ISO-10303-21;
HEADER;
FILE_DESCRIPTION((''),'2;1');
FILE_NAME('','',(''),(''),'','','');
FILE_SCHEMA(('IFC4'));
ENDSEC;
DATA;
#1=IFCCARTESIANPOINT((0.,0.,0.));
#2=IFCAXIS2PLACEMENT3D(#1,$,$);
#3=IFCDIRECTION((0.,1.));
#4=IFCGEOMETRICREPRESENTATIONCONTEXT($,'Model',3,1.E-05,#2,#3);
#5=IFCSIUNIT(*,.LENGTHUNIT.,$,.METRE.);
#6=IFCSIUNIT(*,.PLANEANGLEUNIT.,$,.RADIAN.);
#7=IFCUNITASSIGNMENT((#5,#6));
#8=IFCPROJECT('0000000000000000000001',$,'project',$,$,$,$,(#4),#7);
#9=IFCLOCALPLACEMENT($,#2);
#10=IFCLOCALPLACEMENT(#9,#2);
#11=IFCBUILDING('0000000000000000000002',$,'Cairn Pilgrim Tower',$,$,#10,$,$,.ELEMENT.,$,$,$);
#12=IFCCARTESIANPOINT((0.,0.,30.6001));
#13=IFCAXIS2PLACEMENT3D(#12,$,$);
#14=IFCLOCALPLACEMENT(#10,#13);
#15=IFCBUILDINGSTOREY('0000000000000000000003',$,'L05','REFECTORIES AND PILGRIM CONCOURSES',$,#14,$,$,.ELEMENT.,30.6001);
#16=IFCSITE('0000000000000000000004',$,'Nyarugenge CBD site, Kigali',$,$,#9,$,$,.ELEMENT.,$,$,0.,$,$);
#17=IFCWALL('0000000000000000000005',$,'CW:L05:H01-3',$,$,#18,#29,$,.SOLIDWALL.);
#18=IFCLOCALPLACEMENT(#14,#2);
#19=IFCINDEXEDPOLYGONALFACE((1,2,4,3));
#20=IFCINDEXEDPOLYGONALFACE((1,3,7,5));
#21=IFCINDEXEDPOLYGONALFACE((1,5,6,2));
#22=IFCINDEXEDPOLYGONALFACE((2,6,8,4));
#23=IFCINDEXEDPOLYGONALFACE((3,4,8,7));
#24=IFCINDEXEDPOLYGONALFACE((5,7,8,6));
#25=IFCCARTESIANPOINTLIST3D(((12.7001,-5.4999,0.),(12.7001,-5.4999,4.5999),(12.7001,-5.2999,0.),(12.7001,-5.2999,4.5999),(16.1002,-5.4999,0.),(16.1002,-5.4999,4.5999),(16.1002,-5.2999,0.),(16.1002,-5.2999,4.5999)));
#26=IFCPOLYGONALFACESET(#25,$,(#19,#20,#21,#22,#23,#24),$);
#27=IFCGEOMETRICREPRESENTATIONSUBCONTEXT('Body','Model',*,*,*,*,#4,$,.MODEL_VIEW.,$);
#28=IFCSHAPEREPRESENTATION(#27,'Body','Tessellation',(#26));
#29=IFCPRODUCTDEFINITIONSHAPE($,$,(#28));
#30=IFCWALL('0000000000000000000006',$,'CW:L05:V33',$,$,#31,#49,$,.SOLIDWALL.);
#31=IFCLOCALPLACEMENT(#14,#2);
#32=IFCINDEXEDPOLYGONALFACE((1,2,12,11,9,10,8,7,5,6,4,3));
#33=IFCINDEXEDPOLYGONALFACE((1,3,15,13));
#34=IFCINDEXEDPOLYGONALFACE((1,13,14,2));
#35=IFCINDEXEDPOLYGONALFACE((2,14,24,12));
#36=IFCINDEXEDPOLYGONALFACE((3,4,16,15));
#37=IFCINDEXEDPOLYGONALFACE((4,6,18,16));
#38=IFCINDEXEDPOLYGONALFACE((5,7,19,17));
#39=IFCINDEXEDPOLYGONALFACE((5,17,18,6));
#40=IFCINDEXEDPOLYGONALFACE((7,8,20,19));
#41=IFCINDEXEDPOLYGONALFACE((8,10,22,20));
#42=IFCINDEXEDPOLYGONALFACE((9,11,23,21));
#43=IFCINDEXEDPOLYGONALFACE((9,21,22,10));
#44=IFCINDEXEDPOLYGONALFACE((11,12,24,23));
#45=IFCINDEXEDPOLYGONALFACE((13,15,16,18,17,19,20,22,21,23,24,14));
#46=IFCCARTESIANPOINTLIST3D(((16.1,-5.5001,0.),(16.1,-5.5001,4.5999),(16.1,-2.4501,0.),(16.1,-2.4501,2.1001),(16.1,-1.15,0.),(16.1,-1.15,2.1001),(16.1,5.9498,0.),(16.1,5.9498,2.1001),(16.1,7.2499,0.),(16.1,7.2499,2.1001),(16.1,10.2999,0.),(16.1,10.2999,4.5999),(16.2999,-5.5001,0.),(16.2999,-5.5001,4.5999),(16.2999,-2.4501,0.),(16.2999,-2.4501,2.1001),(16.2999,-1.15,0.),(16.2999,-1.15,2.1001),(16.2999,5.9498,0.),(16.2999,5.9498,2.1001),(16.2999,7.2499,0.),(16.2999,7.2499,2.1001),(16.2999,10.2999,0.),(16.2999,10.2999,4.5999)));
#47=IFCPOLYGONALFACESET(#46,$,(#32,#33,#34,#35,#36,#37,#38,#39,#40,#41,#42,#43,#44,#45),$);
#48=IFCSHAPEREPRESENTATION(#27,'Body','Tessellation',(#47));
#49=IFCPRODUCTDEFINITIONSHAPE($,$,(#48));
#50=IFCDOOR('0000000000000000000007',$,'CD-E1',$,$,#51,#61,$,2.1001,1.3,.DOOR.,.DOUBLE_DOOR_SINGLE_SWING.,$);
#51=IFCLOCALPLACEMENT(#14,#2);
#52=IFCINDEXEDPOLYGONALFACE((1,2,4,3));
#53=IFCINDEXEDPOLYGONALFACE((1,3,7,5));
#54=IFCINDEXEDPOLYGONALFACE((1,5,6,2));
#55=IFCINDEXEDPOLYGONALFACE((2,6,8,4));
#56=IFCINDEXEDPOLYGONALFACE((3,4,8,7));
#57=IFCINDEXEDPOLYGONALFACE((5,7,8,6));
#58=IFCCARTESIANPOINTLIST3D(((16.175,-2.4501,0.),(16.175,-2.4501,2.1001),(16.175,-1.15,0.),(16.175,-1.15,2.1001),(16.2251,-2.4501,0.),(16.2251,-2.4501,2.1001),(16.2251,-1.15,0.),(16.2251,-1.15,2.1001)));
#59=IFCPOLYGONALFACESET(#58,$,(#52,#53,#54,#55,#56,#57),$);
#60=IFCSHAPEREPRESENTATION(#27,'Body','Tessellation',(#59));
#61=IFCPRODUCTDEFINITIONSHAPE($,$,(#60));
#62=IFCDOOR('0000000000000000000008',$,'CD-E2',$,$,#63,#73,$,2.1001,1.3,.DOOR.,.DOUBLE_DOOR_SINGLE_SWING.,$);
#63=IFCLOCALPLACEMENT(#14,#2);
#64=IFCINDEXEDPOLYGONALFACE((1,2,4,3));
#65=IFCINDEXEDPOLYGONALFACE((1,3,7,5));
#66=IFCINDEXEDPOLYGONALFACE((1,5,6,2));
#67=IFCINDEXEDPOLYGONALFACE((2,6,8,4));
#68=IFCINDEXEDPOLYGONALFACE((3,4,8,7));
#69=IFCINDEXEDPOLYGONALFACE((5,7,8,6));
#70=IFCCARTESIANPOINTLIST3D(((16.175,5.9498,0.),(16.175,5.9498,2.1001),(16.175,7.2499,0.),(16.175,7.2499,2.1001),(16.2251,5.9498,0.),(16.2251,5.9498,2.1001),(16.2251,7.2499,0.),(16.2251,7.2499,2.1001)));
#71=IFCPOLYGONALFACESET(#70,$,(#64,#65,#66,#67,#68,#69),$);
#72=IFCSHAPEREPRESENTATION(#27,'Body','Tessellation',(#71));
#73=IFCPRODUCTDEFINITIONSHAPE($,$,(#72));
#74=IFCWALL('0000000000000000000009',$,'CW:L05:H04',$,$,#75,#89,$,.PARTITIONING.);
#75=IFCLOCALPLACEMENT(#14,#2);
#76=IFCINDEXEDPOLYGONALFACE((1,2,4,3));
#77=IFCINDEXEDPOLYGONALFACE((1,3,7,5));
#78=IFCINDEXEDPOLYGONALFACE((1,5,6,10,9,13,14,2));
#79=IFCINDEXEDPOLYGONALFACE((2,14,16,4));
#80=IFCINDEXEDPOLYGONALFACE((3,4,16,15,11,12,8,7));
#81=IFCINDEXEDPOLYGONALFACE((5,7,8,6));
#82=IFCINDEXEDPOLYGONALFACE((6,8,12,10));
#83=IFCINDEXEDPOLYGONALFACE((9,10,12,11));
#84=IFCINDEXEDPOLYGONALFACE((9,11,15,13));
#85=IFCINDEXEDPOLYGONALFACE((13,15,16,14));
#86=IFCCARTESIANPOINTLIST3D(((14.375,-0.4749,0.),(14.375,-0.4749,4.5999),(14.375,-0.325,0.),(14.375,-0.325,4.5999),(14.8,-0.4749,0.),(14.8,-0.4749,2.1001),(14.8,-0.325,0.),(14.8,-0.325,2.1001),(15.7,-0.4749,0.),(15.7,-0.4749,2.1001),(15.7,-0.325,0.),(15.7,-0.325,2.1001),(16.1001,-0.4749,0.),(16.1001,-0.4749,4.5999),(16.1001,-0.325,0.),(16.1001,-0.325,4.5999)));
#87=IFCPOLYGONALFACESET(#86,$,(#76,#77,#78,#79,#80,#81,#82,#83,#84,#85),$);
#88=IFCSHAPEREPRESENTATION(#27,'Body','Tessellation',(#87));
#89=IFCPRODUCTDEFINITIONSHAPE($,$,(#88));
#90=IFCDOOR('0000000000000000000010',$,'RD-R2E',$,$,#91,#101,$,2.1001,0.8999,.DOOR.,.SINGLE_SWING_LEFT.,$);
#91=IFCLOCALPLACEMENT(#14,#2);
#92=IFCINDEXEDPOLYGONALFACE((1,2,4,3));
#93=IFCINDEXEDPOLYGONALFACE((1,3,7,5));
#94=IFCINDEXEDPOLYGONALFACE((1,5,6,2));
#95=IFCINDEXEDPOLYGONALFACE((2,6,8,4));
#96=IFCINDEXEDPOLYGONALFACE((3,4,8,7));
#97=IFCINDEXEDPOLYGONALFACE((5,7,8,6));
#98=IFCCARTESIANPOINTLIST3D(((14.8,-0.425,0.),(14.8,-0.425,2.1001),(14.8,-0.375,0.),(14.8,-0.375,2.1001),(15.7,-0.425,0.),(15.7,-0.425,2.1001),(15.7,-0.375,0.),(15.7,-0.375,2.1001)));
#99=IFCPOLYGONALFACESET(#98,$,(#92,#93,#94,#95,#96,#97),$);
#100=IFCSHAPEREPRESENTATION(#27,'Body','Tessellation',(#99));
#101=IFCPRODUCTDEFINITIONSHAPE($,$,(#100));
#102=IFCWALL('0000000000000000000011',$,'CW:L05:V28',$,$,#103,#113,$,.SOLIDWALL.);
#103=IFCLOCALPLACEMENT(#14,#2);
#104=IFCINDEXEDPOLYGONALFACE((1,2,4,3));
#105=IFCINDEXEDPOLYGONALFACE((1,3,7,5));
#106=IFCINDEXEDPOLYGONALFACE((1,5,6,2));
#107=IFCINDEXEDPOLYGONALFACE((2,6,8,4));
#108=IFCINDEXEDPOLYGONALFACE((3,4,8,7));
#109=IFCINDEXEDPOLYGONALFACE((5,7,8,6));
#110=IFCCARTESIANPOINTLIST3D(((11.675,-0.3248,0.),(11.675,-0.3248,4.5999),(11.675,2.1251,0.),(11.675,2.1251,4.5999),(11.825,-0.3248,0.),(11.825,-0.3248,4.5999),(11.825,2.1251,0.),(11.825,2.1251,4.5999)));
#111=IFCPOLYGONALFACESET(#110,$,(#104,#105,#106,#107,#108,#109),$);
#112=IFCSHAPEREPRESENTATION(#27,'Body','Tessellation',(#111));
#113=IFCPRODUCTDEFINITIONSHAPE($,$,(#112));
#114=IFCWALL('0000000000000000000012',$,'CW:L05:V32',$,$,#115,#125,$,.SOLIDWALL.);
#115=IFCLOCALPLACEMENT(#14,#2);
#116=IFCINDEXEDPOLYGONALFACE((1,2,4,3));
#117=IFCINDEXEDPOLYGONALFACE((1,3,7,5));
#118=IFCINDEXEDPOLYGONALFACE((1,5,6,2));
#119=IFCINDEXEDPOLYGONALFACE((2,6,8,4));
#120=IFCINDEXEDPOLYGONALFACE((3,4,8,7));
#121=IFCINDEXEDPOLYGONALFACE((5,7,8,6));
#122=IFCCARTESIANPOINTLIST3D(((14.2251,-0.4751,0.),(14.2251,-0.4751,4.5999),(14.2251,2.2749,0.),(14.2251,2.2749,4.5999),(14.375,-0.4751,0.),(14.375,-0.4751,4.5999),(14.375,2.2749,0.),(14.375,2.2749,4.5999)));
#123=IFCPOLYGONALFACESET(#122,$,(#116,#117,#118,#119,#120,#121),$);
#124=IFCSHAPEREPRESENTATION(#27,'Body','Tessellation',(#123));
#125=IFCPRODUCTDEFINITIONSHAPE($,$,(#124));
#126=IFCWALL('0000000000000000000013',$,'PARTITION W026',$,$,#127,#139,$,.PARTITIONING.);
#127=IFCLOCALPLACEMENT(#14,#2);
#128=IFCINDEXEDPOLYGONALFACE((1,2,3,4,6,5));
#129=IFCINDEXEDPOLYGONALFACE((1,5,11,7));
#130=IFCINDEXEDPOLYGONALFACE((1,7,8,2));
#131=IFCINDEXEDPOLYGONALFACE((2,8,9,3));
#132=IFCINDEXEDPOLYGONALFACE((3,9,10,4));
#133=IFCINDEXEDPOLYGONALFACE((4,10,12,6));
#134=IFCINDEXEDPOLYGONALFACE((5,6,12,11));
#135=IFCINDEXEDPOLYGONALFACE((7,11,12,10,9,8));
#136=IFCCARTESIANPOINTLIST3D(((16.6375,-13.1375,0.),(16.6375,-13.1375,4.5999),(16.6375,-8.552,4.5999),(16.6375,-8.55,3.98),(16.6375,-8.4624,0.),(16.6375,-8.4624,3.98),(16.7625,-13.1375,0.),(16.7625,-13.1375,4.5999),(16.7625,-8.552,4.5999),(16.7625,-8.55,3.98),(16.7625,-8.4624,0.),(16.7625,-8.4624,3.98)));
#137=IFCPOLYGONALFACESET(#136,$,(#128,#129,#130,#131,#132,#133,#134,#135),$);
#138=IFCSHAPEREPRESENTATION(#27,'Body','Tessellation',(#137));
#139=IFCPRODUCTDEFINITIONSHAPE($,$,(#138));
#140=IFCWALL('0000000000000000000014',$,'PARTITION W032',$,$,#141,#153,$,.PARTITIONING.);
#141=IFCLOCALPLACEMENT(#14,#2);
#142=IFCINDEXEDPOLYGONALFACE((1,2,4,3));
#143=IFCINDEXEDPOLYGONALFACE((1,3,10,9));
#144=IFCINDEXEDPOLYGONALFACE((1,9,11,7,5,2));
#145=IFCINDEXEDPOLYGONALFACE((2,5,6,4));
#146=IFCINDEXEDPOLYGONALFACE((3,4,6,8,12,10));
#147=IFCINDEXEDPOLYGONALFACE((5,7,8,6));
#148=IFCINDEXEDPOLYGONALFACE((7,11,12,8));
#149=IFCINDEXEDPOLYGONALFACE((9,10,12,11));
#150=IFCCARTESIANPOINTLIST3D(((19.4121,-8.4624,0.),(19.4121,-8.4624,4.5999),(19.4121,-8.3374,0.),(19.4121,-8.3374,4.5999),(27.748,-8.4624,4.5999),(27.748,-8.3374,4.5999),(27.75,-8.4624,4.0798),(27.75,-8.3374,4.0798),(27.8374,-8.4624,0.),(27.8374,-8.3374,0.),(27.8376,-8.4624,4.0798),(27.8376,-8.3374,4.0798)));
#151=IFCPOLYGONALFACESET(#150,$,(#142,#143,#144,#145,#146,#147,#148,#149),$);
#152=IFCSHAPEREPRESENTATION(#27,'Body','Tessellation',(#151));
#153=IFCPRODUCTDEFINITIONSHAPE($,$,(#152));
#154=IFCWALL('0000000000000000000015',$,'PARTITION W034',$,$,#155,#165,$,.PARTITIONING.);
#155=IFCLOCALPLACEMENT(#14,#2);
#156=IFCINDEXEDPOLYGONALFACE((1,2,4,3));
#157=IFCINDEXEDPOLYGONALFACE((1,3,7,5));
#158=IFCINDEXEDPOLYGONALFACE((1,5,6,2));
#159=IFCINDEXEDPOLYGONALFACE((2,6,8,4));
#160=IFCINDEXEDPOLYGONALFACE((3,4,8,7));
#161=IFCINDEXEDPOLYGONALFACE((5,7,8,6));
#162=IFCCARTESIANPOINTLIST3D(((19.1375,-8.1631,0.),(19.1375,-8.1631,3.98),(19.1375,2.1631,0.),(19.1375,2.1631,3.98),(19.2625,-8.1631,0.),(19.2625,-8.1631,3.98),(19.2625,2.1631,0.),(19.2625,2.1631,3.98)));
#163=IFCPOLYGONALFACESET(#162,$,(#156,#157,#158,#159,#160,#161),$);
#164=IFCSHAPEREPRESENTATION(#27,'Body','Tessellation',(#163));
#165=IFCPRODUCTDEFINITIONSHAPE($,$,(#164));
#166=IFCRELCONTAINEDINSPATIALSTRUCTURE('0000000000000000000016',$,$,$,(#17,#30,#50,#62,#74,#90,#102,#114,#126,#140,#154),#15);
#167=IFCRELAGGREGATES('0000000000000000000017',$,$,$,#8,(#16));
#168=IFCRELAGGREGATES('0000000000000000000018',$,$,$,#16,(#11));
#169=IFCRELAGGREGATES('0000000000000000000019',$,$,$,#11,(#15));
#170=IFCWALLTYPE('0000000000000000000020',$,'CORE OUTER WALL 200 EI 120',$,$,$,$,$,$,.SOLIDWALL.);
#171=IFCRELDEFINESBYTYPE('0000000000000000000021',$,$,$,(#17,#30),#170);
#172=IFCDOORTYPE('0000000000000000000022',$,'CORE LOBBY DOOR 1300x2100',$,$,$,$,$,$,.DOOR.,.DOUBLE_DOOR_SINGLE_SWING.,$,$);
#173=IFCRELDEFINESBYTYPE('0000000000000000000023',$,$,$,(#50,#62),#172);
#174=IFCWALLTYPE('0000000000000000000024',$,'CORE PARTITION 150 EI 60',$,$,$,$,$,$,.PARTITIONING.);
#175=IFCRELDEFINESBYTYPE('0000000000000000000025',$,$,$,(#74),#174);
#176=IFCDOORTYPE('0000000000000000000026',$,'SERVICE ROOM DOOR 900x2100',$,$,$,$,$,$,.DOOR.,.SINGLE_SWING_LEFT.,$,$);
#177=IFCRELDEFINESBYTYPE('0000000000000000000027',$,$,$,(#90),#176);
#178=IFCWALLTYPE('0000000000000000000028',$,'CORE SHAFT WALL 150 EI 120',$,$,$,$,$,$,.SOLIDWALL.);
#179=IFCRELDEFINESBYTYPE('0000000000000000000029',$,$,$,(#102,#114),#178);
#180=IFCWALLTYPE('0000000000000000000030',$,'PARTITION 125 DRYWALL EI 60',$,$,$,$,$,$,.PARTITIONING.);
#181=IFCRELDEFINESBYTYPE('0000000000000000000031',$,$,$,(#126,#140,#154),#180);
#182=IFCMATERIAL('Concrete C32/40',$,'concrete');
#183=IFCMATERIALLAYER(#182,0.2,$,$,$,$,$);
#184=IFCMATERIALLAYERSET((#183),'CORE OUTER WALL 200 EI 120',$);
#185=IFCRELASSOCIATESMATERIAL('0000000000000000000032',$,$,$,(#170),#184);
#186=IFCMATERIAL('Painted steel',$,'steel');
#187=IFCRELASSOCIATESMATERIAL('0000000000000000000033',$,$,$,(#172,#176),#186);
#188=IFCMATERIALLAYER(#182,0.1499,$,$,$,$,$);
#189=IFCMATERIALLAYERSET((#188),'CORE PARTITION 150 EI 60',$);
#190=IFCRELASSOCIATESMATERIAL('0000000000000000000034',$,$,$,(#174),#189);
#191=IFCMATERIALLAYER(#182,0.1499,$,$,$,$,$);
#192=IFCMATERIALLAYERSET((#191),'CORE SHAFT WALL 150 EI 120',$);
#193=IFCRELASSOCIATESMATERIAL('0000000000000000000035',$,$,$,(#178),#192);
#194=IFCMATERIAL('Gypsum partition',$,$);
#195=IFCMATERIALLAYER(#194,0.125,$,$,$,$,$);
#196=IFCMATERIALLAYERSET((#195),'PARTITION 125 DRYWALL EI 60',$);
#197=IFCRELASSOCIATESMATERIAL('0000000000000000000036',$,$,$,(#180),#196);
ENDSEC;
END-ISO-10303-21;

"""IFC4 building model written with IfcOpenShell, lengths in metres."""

from ifc_helpers import new_model, si_unit, direction, frame, frame_2d, origin, place, context, subcontext, project, spatial, polyline, rectangle, outline, extrude, material, layer, layer_set, type_object, element, fill, save


model = new_model("IFC4")

# Units and contexts
model_context = context("Model", 3, precision=1e-05, world=origin(), true_north=direction((0.0, 1.0)))
body_context = subcontext(model_context, "Body", "Model", "MODEL_VIEW")
ifc_project = project(units=[si_unit("LENGTHUNIT", "METRE"), si_unit("PLANEANGLEUNIT", "RADIAN")], contexts=[model_context])

# Site, building, storey
site_placement = place(None, origin())
site = spatial("IfcSite", under=ifc_project, at=site_placement, Name="Nyarugenge CBD site, Kigali", CompositionType="ELEMENT", RefElevation=0.0)
building_placement = place(site_placement, origin())
building = spatial("IfcBuilding", under=site, at=building_placement, Name="Cairn Pilgrim Tower", CompositionType="ELEMENT")
storey_placement = place(building_placement, frame((0.0, 0.0, 30.6001)))
storey = spatial("IfcBuildingStorey", under=building, at=storey_placement, Name="L05", Description="REFECTORIES AND PILGRIM CONCOURSES", CompositionType="ELEMENT", Elevation=30.6001)

# Wall
ifc_material_1 = material(Name="Concrete C32/40", Category="concrete")
ifc_layer_1 = layer(ifc_material_1, 0.2)
ifc_layer_set_1 = layer_set([ifc_layer_1], Name="CORE OUTER WALL 200 EI 120")
wall_type_1 = type_object("IfcWallType", Name="CORE OUTER WALL 200 EI 120", PredefinedType="SOLIDWALL", material=ifc_layer_set_1)
wall_1_placement = place(storey_placement, frame((12.7, -5.3999, 0.0), z_axis=(0.0, 0.0, 1.0), x_axis=(1.0, 0.0, 0.0)))
element("IfcWall", 1, at=wall_1_placement, inside=storey, type_object=wall_type_1, Name="CW:L05:H01-3", PredefinedType="SOLIDWALL", context=body_context, shape_type="SweptSolid", body=[
    extrude(rectangle(XDim=3.4001, YDim=0.2, at=frame_2d((1.7002, 0.0))), origin(), (0.0, 0.0, 1.0), 4.5999),
])

# Wall, openings, doors
wall_2_placement = place(storey_placement, frame((16.2, -5.5, 0.0), z_axis=(0.0, 0.0, 1.0), x_axis=(0.0, 1.0, 0.0)))
wall_2 = element("IfcWall", 2, at=wall_2_placement, inside=storey, type_object=wall_type_1, Name="CW:L05:V33", PredefinedType="SOLIDWALL", context=body_context, shape_type="SweptSolid", body=[
    extrude(rectangle(XDim=15.8, YDim=0.2, at=frame_2d((7.8999, 0.0))), origin(), (0.0, 0.0, 1.0), 4.5999),
])
opening_1_placement = place(wall_2_placement, frame((3.05, 0.0, 0.0)))
opening_1 = element("IfcOpeningElement", 3, at=opening_1_placement, cuts=wall_2, PredefinedType="OPENING", context=body_context, shape_type="SweptSolid", body=[
    extrude(rectangle(XDim=1.3, YDim=2.1001, at=frame_2d((0.6499, 1.05))), frame((0.0, 0.1099, 0.0), z_axis=(0.0, -1.0, 0.0), x_axis=(1.0, 0.0, 0.0)), (0.0, 0.0, 1.0), 0.22),
])
opening_2_placement = place(wall_2_placement, frame((11.45, 0.0, 0.0)))
opening_2 = element("IfcOpeningElement", 4, at=opening_2_placement, cuts=wall_2, PredefinedType="OPENING", context=body_context, shape_type="SweptSolid", body=[
    extrude(rectangle(XDim=1.3, YDim=2.1001, at=frame_2d((0.6499, 1.05))), frame((0.0, 0.1099, 0.0), z_axis=(0.0, -1.0, 0.0), x_axis=(1.0, 0.0, 0.0)), (0.0, 0.0, 1.0), 0.22),
])
ifc_material_2 = material(Name="Painted steel", Category="steel")
door_type_1 = type_object("IfcDoorType", Name="CORE LOBBY DOOR 1300x2100", OperationType="DOUBLE_DOOR_SINGLE_SWING", PredefinedType="DOOR", material=ifc_material_2)
door_1_placement = place(opening_1_placement, origin())
door_1 = element("IfcDoor", 5, at=door_1_placement, inside=storey, type_object=door_type_1, Name="CD-E1", OperationType="DOUBLE_DOOR_SINGLE_SWING", OverallHeight=2.1001, OverallWidth=1.3, PredefinedType="DOOR", context=body_context, shape_type="SweptSolid", body=[
    extrude(rectangle(XDim=1.3, YDim=2.1001, at=frame_2d((0.6499, 1.05))), frame((0.0, 0.0249, 0.0), z_axis=(0.0, -1.0, 0.0), x_axis=(1.0, 0.0, 0.0)), (0.0, 0.0, 1.0), 0.05),
])
fill(opening_1, door_1)
door_2_placement = place(opening_2_placement, origin())
door_2 = element("IfcDoor", 6, at=door_2_placement, inside=storey, type_object=door_type_1, Name="CD-E2", OperationType="DOUBLE_DOOR_SINGLE_SWING", OverallHeight=2.1001, OverallWidth=1.3, PredefinedType="DOOR", context=body_context, shape_type="SweptSolid", body=[
    extrude(rectangle(XDim=1.3, YDim=2.1001, at=frame_2d((0.6499, 1.05))), frame((0.0, 0.0249, 0.0), z_axis=(0.0, -1.0, 0.0), x_axis=(1.0, 0.0, 0.0)), (0.0, 0.0, 1.0), 0.05),
])
fill(opening_2, door_2)

# Wall, opening, door
ifc_layer_2 = layer(ifc_material_1, 0.1499)
ifc_layer_set_2 = layer_set([ifc_layer_2], Name="CORE PARTITION 150 EI 60")
wall_type_2 = type_object("IfcWallType", Name="CORE PARTITION 150 EI 60", PredefinedType="PARTITIONING", material=ifc_layer_set_2)
wall_3_placement = place(storey_placement, frame((14.375, -0.3999, 0.0), z_axis=(0.0, 0.0, 1.0), x_axis=(1.0, 0.0, 0.0)))
wall_3 = element("IfcWall", 7, at=wall_3_placement, inside=storey, type_object=wall_type_2, Name="CW:L05:H04", PredefinedType="PARTITIONING", context=body_context, shape_type="SweptSolid", body=[
    extrude(rectangle(XDim=1.7251, YDim=0.1499, at=frame_2d((0.8625, 0.0))), origin(), (0.0, 0.0, 1.0), 4.5999),
])
opening_3_placement = place(wall_3_placement, frame((0.425, 0.0, 0.0)))
opening_3 = element("IfcOpeningElement", 8, at=opening_3_placement, cuts=wall_3, PredefinedType="OPENING", context=body_context, shape_type="SweptSolid", body=[
    extrude(rectangle(XDim=0.8999, YDim=2.1001, at=frame_2d((0.45, 1.05))), frame((0.0, 0.085, 0.0), z_axis=(0.0, -1.0, 0.0), x_axis=(1.0, 0.0, 0.0)), (0.0, 0.0, 1.0), 0.1699),
])
door_type_2 = type_object("IfcDoorType", Name="SERVICE ROOM DOOR 900x2100", OperationType="SINGLE_SWING_LEFT", PredefinedType="DOOR", material=ifc_material_2)
door_3_placement = place(opening_3_placement, origin())
door_3 = element("IfcDoor", 9, at=door_3_placement, inside=storey, type_object=door_type_2, Name="RD-R2E", OperationType="SINGLE_SWING_LEFT", OverallHeight=2.1001, OverallWidth=0.8999, PredefinedType="DOOR", context=body_context, shape_type="SweptSolid", body=[
    extrude(rectangle(XDim=0.8999, YDim=2.1001, at=frame_2d((0.45, 1.05))), frame((0.0, 0.0249, 0.0), z_axis=(0.0, -1.0, 0.0), x_axis=(1.0, 0.0, 0.0)), (0.0, 0.0, 1.0), 0.05),
])
fill(opening_3, door_3)

# Walls
ifc_layer_3 = layer(ifc_material_1, 0.1499)
ifc_layer_set_3 = layer_set([ifc_layer_3], Name="CORE SHAFT WALL 150 EI 120")
wall_type_3 = type_object("IfcWallType", Name="CORE SHAFT WALL 150 EI 120", PredefinedType="SOLIDWALL", material=ifc_layer_set_3)
wall_4_placement = place(storey_placement, frame((11.75, -0.325, 0.0), z_axis=(0.0, 0.0, 1.0), x_axis=(0.0, 1.0, 0.0)))
element("IfcWall", 10, at=wall_4_placement, inside=storey, type_object=wall_type_3, Name="CW:L05:V28", PredefinedType="SOLIDWALL", context=body_context, shape_type="SweptSolid", body=[
    extrude(rectangle(XDim=2.45, YDim=0.1499, at=frame_2d((1.2251, 0.0))), origin(), (0.0, 0.0, 1.0), 4.5999),
])
wall_5_placement = place(storey_placement, frame((14.3, -0.4751, 0.0), z_axis=(0.0, 0.0, 1.0), x_axis=(0.0, 1.0, 0.0)))
element("IfcWall", 11, at=wall_5_placement, inside=storey, type_object=wall_type_3, Name="CW:L05:V32", PredefinedType="SOLIDWALL", context=body_context, shape_type="SweptSolid", body=[
    extrude(rectangle(XDim=2.75, YDim=0.1499, at=frame_2d((1.375, 0.0))), origin(), (0.0, 0.0, 1.0), 4.5999),
])
ifc_material_3 = material(Name="Gypsum partition")
ifc_layer_4 = layer(ifc_material_3, 0.125)
ifc_layer_set_4 = layer_set([ifc_layer_4], Name="PARTITION 125 DRYWALL EI 60")
wall_type_4 = type_object("IfcWallType", Name="PARTITION 125 DRYWALL EI 60", PredefinedType="PARTITIONING", material=ifc_layer_set_4)
wall_6_placement = place(storey_placement, frame((16.7, -13.1375, 0.0), z_axis=(0.0, 0.0, 1.0), x_axis=(0.0, 1.0, 0.0)))
element("IfcWall", 12, at=wall_6_placement, inside=storey, type_object=wall_type_4, Name="PARTITION W026", PredefinedType="PARTITIONING", context=body_context, shape_type="SweptSolid", body=[
    extrude(outline(polyline([(0.0, 0.0), (4.675, 0.0), (4.675, 3.98), (4.5874, 3.98), (4.5854, 4.5999), (0.0, 4.5999), (0.0, 0.0)])), frame((0.0, 0.0625, 0.0), z_axis=(0.0, -1.0, 0.0), x_axis=(1.0, 0.0, 0.0)), (0.0, 0.0, 1.0), 0.125),
])
wall_7_placement = place(storey_placement, frame((19.4121, -8.3999, 0.0), z_axis=(0.0, 0.0, 1.0), x_axis=(1.0, 0.0, 0.0)))
element("IfcWall", 13, at=wall_7_placement, inside=storey, type_object=wall_type_4, Name="PARTITION W032", PredefinedType="PARTITIONING", context=body_context, shape_type="SweptSolid", body=[
    extrude(outline(polyline([(0.0, 0.0), (8.4253, 0.0), (8.4255, 4.0798), (8.3379, 4.0798), (8.3359, 4.5999), (0.0, 4.5999), (0.0, 0.0)])), frame((0.0, 0.0625, 0.0), z_axis=(0.0, -1.0, 0.0), x_axis=(1.0, 0.0, 0.0)), (0.0, 0.0, 1.0), 0.125),
])
wall_8_placement = place(storey_placement, frame((19.2, -8.1631, 0.0), z_axis=(0.0, 0.0, 1.0), x_axis=(0.0, 1.0, 0.0)))
element("IfcWall", 14, at=wall_8_placement, inside=storey, type_object=wall_type_4, Name="PARTITION W034", PredefinedType="PARTITIONING", context=body_context, shape_type="SweptSolid", body=[
    extrude(rectangle(XDim=10.3262, YDim=0.125, at=frame_2d((5.1631, 0.0))), origin(), (0.0, 0.0, 1.0), 3.98),
])

save(model, "model.ifc")
